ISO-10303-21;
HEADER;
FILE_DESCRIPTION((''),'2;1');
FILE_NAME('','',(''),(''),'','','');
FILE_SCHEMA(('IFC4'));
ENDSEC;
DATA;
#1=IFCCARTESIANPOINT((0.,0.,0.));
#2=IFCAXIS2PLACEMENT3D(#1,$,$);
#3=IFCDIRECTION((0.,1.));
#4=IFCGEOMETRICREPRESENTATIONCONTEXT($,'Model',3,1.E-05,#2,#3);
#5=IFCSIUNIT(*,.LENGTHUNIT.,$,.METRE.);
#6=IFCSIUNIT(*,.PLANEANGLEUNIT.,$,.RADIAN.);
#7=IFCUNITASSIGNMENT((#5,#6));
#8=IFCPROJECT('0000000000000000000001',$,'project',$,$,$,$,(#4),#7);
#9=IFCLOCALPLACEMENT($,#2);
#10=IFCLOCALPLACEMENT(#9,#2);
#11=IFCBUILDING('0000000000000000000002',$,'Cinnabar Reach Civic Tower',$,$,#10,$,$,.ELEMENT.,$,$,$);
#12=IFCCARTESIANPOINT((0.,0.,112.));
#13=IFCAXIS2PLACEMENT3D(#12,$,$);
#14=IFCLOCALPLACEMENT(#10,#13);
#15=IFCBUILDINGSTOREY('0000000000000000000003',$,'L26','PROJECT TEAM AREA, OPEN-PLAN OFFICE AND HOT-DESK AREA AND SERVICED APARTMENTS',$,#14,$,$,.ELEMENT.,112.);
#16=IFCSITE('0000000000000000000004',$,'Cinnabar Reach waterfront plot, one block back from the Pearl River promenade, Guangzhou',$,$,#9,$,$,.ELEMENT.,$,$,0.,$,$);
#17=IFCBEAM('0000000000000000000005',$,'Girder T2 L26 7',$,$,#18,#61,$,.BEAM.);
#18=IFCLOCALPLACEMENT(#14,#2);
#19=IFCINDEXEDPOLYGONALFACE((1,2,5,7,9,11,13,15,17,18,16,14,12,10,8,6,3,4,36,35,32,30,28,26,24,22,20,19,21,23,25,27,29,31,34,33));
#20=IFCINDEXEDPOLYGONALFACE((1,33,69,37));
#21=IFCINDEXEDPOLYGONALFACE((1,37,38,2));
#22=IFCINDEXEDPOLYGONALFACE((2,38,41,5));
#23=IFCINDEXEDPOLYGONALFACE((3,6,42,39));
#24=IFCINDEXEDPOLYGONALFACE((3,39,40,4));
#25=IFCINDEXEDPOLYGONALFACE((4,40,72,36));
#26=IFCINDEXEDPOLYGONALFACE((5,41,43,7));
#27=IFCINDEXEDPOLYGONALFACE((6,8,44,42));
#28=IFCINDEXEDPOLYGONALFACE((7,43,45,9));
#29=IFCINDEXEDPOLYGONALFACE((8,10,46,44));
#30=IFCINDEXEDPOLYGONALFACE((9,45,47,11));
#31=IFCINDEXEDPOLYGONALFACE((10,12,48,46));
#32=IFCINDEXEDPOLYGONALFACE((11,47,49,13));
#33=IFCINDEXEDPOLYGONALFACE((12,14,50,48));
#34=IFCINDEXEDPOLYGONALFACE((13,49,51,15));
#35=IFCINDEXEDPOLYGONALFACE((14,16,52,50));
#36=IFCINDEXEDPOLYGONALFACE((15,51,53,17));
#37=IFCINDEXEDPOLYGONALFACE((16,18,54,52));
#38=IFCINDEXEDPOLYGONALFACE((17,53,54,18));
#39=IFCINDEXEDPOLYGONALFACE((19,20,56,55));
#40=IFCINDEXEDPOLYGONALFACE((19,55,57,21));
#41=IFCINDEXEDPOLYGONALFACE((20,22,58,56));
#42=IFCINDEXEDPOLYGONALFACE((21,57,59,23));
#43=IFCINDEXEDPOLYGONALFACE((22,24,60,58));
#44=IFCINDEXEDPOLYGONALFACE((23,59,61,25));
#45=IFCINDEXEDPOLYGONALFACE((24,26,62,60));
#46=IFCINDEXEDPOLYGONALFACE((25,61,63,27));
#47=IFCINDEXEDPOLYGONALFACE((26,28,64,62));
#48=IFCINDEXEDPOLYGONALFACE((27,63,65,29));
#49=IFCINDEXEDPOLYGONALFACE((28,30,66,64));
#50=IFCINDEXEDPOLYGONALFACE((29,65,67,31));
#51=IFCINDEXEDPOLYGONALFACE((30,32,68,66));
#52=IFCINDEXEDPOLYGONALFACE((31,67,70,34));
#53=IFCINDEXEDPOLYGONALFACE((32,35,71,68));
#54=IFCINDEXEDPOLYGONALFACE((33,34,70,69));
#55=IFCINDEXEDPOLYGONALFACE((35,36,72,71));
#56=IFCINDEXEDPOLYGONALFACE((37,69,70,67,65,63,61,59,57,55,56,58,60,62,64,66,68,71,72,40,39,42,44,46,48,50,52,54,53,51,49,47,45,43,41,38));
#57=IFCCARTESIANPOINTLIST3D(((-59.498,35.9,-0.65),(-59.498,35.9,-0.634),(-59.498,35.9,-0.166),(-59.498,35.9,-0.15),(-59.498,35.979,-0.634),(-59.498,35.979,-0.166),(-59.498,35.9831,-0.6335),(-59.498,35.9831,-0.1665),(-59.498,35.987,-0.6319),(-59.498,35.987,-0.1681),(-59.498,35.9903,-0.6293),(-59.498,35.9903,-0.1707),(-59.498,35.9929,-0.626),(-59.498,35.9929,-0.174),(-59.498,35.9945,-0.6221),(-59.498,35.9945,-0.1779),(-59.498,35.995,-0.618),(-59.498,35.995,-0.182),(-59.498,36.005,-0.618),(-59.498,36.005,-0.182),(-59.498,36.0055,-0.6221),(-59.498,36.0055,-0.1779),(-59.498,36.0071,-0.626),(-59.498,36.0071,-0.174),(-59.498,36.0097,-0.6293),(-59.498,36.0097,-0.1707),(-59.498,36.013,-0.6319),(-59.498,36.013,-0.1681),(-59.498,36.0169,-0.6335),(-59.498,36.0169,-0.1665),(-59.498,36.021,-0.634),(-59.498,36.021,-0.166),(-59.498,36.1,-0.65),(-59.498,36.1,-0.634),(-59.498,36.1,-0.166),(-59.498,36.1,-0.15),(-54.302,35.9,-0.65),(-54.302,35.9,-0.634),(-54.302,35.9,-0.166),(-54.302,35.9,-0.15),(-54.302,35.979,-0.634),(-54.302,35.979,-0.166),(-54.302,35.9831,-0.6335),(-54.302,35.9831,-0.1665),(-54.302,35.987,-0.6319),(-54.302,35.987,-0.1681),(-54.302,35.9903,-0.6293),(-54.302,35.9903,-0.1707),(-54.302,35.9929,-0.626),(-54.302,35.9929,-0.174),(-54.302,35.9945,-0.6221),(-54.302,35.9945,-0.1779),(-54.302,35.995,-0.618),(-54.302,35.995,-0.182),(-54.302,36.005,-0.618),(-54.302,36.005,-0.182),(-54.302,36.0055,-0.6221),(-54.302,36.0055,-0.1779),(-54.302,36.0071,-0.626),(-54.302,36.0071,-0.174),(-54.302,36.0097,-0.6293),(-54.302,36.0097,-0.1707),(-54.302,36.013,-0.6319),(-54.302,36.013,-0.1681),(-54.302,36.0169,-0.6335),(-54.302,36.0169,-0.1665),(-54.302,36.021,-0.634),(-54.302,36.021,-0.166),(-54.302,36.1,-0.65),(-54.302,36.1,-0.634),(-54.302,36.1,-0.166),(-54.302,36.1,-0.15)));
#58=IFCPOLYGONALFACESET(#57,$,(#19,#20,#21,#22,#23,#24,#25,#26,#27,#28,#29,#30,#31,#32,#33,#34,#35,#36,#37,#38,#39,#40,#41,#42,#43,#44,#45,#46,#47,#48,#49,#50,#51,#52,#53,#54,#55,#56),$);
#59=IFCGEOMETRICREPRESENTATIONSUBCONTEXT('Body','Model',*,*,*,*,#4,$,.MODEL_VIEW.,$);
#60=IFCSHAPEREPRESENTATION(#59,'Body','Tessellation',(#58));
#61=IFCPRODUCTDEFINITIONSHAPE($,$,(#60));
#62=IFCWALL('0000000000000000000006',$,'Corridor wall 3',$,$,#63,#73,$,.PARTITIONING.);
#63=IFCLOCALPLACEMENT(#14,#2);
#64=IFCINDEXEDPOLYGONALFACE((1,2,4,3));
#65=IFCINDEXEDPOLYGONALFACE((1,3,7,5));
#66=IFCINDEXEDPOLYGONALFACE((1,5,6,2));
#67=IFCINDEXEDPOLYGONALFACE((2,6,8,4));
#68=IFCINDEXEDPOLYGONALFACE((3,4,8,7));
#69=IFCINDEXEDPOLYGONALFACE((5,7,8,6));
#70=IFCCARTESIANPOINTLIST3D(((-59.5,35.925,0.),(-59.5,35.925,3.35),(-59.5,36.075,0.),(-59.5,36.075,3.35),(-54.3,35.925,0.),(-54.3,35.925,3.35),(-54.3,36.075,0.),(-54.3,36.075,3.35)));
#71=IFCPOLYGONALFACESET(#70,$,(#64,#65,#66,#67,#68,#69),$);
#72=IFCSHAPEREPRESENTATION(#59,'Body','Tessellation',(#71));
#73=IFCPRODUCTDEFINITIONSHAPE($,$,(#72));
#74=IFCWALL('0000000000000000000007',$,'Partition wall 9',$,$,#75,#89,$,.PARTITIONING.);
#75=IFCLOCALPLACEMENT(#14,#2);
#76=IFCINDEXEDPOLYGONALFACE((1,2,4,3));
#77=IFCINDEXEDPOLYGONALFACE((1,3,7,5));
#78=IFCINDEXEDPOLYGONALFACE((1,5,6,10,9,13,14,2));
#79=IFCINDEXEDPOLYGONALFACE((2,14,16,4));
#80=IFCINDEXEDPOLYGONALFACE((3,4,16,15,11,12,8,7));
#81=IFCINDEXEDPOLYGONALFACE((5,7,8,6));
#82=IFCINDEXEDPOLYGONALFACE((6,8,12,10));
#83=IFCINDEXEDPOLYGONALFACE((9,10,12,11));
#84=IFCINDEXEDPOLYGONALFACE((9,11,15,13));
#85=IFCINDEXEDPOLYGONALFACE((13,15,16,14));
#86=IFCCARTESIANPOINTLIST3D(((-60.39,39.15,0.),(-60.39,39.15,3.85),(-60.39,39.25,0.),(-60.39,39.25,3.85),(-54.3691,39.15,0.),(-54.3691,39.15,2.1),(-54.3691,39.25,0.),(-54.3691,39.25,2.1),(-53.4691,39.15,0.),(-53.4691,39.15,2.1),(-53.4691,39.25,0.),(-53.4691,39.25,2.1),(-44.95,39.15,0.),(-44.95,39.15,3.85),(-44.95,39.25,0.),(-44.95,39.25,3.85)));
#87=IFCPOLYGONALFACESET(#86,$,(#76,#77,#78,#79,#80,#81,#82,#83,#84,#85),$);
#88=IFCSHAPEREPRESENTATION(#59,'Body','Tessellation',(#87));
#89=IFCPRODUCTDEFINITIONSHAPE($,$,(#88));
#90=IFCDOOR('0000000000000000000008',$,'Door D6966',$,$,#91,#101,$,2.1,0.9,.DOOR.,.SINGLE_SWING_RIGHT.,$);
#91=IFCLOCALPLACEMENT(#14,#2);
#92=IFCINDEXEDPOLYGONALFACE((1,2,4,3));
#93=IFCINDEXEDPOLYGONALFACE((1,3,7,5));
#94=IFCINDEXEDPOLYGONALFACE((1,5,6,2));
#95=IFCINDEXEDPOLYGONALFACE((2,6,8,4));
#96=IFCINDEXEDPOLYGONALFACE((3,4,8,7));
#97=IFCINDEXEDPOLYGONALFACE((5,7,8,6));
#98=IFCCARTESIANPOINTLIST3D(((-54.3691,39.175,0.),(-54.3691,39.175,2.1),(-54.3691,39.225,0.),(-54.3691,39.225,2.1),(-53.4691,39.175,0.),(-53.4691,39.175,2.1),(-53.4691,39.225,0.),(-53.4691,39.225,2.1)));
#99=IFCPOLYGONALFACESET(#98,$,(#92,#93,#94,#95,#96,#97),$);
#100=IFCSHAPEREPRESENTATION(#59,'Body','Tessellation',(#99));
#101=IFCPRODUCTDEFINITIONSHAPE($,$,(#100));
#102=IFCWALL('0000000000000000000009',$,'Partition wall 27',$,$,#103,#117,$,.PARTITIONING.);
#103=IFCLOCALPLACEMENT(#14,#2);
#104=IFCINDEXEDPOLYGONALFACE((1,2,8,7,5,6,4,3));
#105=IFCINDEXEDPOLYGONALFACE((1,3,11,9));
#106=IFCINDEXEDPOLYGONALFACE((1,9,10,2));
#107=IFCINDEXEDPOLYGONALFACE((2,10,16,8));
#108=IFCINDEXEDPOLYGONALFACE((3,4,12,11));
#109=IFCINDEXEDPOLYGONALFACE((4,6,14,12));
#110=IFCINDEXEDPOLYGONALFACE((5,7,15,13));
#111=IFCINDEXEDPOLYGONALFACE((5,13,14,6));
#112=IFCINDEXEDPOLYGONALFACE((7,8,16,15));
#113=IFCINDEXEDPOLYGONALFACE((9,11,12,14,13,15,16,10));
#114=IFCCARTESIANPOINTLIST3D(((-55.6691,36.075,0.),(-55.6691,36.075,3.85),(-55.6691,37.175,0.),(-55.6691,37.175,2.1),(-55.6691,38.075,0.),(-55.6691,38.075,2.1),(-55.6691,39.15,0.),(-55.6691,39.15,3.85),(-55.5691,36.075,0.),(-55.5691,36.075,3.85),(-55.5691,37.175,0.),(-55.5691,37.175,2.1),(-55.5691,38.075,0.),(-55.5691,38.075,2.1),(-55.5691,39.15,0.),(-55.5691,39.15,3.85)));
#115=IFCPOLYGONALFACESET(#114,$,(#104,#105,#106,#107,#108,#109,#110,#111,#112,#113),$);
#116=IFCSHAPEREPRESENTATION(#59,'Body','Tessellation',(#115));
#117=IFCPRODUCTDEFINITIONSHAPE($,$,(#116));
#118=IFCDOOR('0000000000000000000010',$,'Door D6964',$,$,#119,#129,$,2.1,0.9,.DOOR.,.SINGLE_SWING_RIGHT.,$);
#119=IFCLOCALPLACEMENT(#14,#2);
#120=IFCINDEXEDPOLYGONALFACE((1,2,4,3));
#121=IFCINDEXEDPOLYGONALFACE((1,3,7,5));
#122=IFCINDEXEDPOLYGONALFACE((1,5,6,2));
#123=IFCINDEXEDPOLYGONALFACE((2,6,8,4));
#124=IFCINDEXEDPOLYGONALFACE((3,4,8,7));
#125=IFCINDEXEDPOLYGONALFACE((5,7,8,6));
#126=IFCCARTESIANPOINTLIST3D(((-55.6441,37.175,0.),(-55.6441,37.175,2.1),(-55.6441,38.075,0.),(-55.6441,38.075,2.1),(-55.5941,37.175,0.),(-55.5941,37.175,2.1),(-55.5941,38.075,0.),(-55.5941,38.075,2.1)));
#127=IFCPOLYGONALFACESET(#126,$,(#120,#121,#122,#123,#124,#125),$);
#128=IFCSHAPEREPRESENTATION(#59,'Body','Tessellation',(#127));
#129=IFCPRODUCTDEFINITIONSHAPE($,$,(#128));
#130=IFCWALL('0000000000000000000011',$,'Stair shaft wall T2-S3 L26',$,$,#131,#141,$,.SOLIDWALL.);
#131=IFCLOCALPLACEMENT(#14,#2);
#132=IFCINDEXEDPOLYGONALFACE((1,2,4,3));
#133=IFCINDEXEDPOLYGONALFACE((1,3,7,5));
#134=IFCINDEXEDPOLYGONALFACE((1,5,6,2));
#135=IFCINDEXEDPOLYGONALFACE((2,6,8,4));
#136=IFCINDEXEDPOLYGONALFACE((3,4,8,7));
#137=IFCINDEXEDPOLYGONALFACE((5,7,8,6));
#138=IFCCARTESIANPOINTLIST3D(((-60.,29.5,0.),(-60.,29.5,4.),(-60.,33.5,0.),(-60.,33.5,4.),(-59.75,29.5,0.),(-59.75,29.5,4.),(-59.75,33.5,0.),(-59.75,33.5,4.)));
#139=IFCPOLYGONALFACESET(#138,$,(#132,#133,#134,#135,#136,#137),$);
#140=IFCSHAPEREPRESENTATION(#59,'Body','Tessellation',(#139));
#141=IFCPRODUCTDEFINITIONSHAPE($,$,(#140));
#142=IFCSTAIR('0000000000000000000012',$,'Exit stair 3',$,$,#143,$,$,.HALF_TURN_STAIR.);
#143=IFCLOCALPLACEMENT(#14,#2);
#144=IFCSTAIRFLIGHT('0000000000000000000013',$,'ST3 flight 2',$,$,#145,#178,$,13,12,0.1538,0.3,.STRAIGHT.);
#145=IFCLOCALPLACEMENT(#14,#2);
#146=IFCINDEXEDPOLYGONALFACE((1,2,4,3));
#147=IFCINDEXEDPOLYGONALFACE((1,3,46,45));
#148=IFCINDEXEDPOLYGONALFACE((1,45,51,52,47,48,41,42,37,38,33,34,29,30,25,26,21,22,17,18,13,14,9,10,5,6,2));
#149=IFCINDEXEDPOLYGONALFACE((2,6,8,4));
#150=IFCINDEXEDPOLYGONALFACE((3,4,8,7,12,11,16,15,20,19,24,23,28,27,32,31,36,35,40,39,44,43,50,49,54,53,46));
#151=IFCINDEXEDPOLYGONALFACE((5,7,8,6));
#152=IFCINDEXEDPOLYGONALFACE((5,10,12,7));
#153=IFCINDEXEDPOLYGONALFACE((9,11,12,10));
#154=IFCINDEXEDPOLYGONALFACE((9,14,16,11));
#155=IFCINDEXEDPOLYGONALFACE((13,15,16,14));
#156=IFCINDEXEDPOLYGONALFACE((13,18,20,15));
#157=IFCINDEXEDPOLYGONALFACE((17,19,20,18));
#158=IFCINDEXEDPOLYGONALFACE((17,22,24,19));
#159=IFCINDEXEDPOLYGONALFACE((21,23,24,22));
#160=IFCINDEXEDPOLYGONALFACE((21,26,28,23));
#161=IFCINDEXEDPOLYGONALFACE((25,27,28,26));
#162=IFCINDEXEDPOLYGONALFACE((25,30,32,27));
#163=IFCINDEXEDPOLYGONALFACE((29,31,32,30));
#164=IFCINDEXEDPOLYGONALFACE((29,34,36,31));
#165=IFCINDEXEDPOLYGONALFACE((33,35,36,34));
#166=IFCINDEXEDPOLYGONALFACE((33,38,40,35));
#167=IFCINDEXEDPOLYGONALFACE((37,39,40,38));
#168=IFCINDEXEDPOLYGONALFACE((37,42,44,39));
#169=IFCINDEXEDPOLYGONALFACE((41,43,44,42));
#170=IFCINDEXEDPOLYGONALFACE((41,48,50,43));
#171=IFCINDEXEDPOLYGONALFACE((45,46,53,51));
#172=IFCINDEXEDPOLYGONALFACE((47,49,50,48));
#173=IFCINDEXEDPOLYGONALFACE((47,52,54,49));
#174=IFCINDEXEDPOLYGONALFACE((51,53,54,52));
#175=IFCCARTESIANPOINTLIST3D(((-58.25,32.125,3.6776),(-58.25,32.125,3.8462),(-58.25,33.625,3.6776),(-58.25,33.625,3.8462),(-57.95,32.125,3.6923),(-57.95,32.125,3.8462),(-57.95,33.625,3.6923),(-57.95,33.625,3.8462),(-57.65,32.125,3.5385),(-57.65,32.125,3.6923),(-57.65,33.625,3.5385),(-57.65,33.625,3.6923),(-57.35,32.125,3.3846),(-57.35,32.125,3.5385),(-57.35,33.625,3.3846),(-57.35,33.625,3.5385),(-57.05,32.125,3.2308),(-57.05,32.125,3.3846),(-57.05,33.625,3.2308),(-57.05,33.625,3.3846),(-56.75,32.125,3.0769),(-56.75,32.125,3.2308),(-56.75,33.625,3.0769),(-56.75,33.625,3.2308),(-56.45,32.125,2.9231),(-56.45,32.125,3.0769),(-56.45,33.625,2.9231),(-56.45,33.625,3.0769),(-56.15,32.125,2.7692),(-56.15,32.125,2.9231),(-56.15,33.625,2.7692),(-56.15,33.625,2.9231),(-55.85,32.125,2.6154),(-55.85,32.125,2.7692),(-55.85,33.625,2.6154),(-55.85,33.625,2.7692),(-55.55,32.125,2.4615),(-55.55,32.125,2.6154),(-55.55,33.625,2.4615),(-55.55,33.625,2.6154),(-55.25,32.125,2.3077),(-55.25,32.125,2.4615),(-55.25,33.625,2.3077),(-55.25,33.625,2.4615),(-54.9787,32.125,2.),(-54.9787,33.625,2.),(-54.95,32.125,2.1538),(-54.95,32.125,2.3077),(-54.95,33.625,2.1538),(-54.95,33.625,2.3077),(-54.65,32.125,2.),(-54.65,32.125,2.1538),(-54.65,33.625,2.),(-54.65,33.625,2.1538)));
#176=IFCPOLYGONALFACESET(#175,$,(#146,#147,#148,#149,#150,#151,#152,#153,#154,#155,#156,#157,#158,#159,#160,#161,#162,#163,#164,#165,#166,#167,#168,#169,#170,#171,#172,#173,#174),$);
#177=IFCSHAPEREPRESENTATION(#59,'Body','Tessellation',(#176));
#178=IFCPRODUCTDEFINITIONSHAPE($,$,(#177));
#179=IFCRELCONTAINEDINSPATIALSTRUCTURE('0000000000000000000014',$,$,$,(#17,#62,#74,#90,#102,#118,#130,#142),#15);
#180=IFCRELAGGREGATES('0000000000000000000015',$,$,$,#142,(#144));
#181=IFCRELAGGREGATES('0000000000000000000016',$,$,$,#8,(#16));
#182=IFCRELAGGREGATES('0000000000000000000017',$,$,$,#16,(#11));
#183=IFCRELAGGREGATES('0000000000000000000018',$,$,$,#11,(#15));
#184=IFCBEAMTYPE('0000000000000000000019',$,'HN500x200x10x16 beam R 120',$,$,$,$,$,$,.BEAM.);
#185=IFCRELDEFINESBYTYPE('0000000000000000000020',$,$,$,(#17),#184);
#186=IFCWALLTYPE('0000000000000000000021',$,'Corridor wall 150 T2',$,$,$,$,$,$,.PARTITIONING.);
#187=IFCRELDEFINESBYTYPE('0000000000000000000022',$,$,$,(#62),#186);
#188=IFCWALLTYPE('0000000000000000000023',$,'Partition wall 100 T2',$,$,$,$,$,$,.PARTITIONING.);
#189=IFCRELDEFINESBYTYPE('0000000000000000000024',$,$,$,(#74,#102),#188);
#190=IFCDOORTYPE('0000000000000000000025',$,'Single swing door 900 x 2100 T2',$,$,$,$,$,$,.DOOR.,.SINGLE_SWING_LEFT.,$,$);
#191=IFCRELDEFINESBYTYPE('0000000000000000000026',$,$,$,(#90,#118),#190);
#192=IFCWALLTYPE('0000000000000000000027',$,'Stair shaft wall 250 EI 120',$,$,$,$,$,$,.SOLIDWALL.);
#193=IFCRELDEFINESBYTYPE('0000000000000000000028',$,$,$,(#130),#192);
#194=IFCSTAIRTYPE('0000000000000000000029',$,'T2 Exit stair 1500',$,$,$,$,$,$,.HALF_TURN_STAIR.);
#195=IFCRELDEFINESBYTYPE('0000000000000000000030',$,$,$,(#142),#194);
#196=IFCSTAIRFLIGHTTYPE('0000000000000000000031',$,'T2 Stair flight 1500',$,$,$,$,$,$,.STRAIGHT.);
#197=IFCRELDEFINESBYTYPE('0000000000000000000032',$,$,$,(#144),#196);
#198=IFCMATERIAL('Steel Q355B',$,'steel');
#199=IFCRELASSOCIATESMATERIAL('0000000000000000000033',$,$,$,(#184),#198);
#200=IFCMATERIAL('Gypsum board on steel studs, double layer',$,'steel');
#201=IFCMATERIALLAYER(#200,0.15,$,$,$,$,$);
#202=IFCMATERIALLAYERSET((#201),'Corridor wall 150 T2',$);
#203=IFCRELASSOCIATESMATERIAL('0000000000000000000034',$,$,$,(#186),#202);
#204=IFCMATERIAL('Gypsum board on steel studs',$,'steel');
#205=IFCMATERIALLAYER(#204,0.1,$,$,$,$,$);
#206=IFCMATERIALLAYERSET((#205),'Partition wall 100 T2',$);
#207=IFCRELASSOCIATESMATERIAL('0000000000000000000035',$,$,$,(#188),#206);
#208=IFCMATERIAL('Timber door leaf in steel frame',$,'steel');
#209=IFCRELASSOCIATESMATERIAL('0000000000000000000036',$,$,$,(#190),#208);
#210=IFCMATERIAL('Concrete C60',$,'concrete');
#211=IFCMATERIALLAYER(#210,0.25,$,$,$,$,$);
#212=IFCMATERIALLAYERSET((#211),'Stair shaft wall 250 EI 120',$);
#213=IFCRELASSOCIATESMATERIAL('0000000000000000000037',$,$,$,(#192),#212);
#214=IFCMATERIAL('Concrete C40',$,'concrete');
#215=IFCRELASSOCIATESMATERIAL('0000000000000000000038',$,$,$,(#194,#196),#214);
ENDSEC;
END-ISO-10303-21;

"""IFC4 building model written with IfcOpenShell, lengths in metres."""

from ifc_helpers import new_model, si_unit, direction, frame, frame_2d, origin, origin_2d, place, context, subcontext, project, spatial, polyline, rectangle, i_section, outline, extrude, material, layer, layer_set, material_profile, profile_set, type_object, element, fill, aggregate, save


model = new_model("IFC4")

# Units and contexts
model_context = context("Model", 3, precision=1e-05, world=origin(), true_north=direction((0.0, 1.0)))
body_context = subcontext(model_context, "Body", "Model", "MODEL_VIEW")
ifc_project = project(units=[si_unit("LENGTHUNIT", "METRE"), si_unit("PLANEANGLEUNIT", "RADIAN")], contexts=[model_context])

# Site, building, storey
site_placement = place(None, origin())
site = spatial("IfcSite", under=ifc_project, at=site_placement, Name="Cinnabar Reach waterfront plot, one block back from the Pearl River promenade, Guangzhou", CompositionType="ELEMENT", RefElevation=0.0)
building_placement = place(site_placement, origin())
building = spatial("IfcBuilding", under=site, at=building_placement, Name="Cinnabar Reach Civic Tower", CompositionType="ELEMENT")
storey_placement = place(building_placement, frame((0.0, 0.0, 112.0)))
storey = spatial("IfcBuildingStorey", under=building, at=storey_placement, Name="L26", Description="PROJECT TEAM AREA, OPEN-PLAN OFFICE AND HOT-DESK AREA AND SERVICED APARTMENTS", CompositionType="ELEMENT", Elevation=112.0)

# Shared definitions
ifc_material_1 = material(Name="Concrete C60", Category="concrete")

# Beam
ifc_material_2 = material(Name="Steel Q355B", Category="steel")
ifc_material_profile_1 = material_profile(ifc_material_2, i_section(OverallWidth=0.2, OverallDepth=0.5, WebThickness=0.01, FlangeThickness=0.016, FilletRadius=0.016, at=origin_2d()), Name="HN500x200x10x16")
ifc_profile_set_1 = profile_set([ifc_material_profile_1], Name="Steel Q355B")
beam_type_1 = type_object("IfcBeamType", Name="HN500x200x10x16 beam R 120", PredefinedType="BEAM", material=ifc_profile_set_1)
beam_1_placement = place(storey_placement, frame((-59.498, 36.0, -0.4), z_axis=(1.0, 0.0, 0.0), x_axis=(0.0, 1.0, 0.0)))
element("IfcBeam", 1, at=beam_1_placement, inside=storey, type_object=beam_type_1, Name="Girder T2 L26 7", PredefinedType="BEAM", context=body_context, shape_type="SweptSolid", body=[
    extrude(i_section(OverallWidth=0.2, OverallDepth=0.5, WebThickness=0.01, FlangeThickness=0.016, FilletRadius=0.016, at=origin_2d()), origin(), (0.0, 0.0, 1.0), 5.196),
])

# Wall
ifc_material_3 = material(Name="Gypsum board on steel studs, double layer", Category="steel")
ifc_layer_1 = layer(ifc_material_3, 0.15)
ifc_layer_set_1 = layer_set([ifc_layer_1], Name="Corridor wall 150 T2")
wall_type_1 = type_object("IfcWallType", Name="Corridor wall 150 T2", PredefinedType="PARTITIONING", material=ifc_layer_set_1)
wall_1_placement = place(storey_placement, frame((-59.5, 36.0, 0.0), z_axis=(0.0, 0.0, 1.0), x_axis=(1.0, 0.0, 0.0)))
element("IfcWall", 2, at=wall_1_placement, inside=storey, type_object=wall_type_1, Name="Corridor wall 3", PredefinedType="PARTITIONING", context=body_context, shape_type="SweptSolid", body=[
    extrude(rectangle(XDim=5.2, YDim=0.15, at=frame_2d((2.6, 0.0))), origin(), (0.0, 0.0, 1.0), 3.35),
])

# Walls, openings, doors
ifc_material_4 = material(Name="Gypsum board on steel studs", Category="steel")
ifc_layer_2 = layer(ifc_material_4, 0.1)
ifc_layer_set_2 = layer_set([ifc_layer_2], Name="Partition wall 100 T2")
wall_type_2 = type_object("IfcWallType", Name="Partition wall 100 T2", PredefinedType="PARTITIONING", material=ifc_layer_set_2)
wall_2_placement = place(storey_placement, frame((-60.39, 39.2, 0.0), z_axis=(0.0, 0.0, 1.0), x_axis=(1.0, 0.0, 0.0)))
wall_2 = element("IfcWall", 3, at=wall_2_placement, inside=storey, type_object=wall_type_2, Name="Partition wall 9", PredefinedType="PARTITIONING", context=body_context, shape_type="SweptSolid", body=[
    extrude(rectangle(XDim=15.44, YDim=0.1, at=frame_2d((7.72, 0.0))), origin(), (0.0, 0.0, 1.0), 3.85),
])
opening_1_placement = place(wall_2_placement, frame((6.0209, 0.0, 0.0)))
opening_1 = element("IfcOpeningElement", 4, at=opening_1_placement, cuts=wall_2, PredefinedType="OPENING", context=body_context, shape_type="SweptSolid", body=[
    extrude(rectangle(XDim=0.9, YDim=2.1, at=frame_2d((0.45, 1.05))), frame((0.0, 0.06, 0.0), z_axis=(0.0, -1.0, 0.0), x_axis=(1.0, 0.0, 0.0)), (0.0, 0.0, 1.0), 0.12),
])
ifc_material_5 = material(Name="Timber door leaf in steel frame", Category="steel")
door_type = type_object("IfcDoorType", Name="Single swing door 900 x 2100 T2", OperationType="SINGLE_SWING_LEFT", PredefinedType="DOOR", material=ifc_material_5)
door_1_placement = place(opening_1_placement, frame((0.9, 0.0, 0.0), z_axis=(0.0, 0.0, 1.0), x_axis=(-1.0, 0.0, 0.0)))
door_1 = element("IfcDoor", 5, at=door_1_placement, inside=storey, type_object=door_type, Name="Door D6966", OperationType="SINGLE_SWING_RIGHT", OverallHeight=2.1, OverallWidth=0.9, PredefinedType="DOOR", context=body_context, shape_type="SweptSolid", body=[
    extrude(rectangle(XDim=0.9, YDim=2.1, at=frame_2d((0.45, 1.05))), frame((0.0, 0.025, 0.0), z_axis=(0.0, -1.0, 0.0), x_axis=(1.0, 0.0, 0.0)), (0.0, 0.0, 1.0), 0.05),
])
fill(opening_1, door_1)
wall_3_placement = place(storey_placement, frame((-55.6191, 36.075, 0.0), z_axis=(0.0, 0.0, 1.0), x_axis=(0.0, 1.0, 0.0)))
wall_3 = element("IfcWall", 6, at=wall_3_placement, inside=storey, type_object=wall_type_2, Name="Partition wall 27", PredefinedType="PARTITIONING", context=body_context, shape_type="SweptSolid", body=[
    extrude(rectangle(XDim=3.075, YDim=0.1, at=frame_2d((1.5375, 0.0))), origin(), (0.0, 0.0, 1.0), 3.85),
])
opening_2_placement = place(wall_3_placement, frame((1.1, 0.0, 0.0)))
opening_2 = element("IfcOpeningElement", 7, at=opening_2_placement, cuts=wall_3, PredefinedType="OPENING", context=body_context, shape_type="SweptSolid", body=[
    extrude(rectangle(XDim=0.9, YDim=2.1, at=frame_2d((0.45, 1.05))), frame((0.0, 0.06, 0.0), z_axis=(0.0, -1.0, 0.0), x_axis=(1.0, 0.0, 0.0)), (0.0, 0.0, 1.0), 0.12),
])
door_2_placement = place(opening_2_placement, origin())
door_2 = element("IfcDoor", 8, at=door_2_placement, inside=storey, type_object=door_type, Name="Door D6964", OperationType="SINGLE_SWING_RIGHT", OverallHeight=2.1, OverallWidth=0.9, PredefinedType="DOOR", context=body_context, shape_type="SweptSolid", body=[
    extrude(rectangle(XDim=0.9, YDim=2.1, at=frame_2d((0.45, 1.05))), frame((0.0, 0.025, 0.0), z_axis=(0.0, -1.0, 0.0), x_axis=(1.0, 0.0, 0.0)), (0.0, 0.0, 1.0), 0.05),
])
fill(opening_2, door_2)

# Wall
ifc_layer_3 = layer(ifc_material_1, 0.25)
ifc_layer_set_3 = layer_set([ifc_layer_3], Name="Stair shaft wall 250 EI 120")
wall_type_3 = type_object("IfcWallType", Name="Stair shaft wall 250 EI 120", PredefinedType="SOLIDWALL", material=ifc_layer_set_3)
wall_4_placement = place(storey_placement, frame((-59.875, 33.5, 0.0), z_axis=(0.0, 0.0, 1.0), x_axis=(0.0, -1.0, 0.0)))
element("IfcWall", 9, at=wall_4_placement, inside=storey, type_object=wall_type_3, Name="Stair shaft wall T2-S3 L26", PredefinedType="SOLIDWALL", context=body_context, shape_type="SweptSolid", body=[
    extrude(rectangle(XDim=4.0, YDim=0.25, at=frame_2d((2.0, 0.0))), origin(), (0.0, 0.0, 1.0), 4.0),
])

# Stair, stair flight
ifc_material_6 = material(Name="Concrete C40", Category="concrete")
stair_type = type_object("IfcStairType", Name="T2 Exit stair 1500", PredefinedType="HALF_TURN_STAIR", material=ifc_material_6)
stair_placement = place(storey_placement, origin())
stair = element("IfcStair", 10, at=stair_placement, inside=storey, type_object=stair_type, Name="Exit stair 3", PredefinedType="HALF_TURN_STAIR")
stair_flight_type = type_object("IfcStairFlightType", Name="T2 Stair flight 1500", PredefinedType="STRAIGHT", material=ifc_material_6)
stair_flight_placement = place(storey_placement, frame((-54.65, 32.875, 2.0), z_axis=(0.0, 0.0, 1.0), x_axis=(-1.0, 0.0, 0.0)))
stair_flight = element("IfcStairFlight", 11, at=stair_flight_placement, type_object=stair_flight_type, Name="ST3 flight 2", NumberOfRisers=13, NumberOfTreads=12, PredefinedType="STRAIGHT", RiserHeight=0.1538, TreadLength=0.3, context=body_context, shape_type="SweptSolid", body=[
    extrude(outline(polyline([(0.0, 0.0), (0.0, 0.1538), (0.3, 0.1538), (0.3, 0.3077), (0.6, 0.3077), (0.6, 0.4615), (0.9, 0.4615), (0.9, 0.6154), (1.2, 0.6154), (1.2, 0.7692), (1.5, 0.7692), (1.5, 0.9231), (1.8, 0.9231), (1.8, 1.0769), (2.1, 1.0769), (2.1, 1.2308), (2.4, 1.2308), (2.4, 1.3846), (2.7, 1.3846), (2.7, 1.5385), (3.0, 1.5385), (3.0, 1.6923), (3.3, 1.6923), (3.3, 1.8462), (3.6, 1.8462), (3.6, 2.0), (3.6, 1.6776), (0.3287, 0.0), (0.0, 0.0)])), frame((0.0, 0.75, 0.0), z_axis=(0.0, -1.0, 0.0), x_axis=(1.0, 0.0, 0.0)), (0.0, 0.0, 1.0), 1.5),
])
aggregate(stair, [stair_flight])

save(model, "model.ifc")
